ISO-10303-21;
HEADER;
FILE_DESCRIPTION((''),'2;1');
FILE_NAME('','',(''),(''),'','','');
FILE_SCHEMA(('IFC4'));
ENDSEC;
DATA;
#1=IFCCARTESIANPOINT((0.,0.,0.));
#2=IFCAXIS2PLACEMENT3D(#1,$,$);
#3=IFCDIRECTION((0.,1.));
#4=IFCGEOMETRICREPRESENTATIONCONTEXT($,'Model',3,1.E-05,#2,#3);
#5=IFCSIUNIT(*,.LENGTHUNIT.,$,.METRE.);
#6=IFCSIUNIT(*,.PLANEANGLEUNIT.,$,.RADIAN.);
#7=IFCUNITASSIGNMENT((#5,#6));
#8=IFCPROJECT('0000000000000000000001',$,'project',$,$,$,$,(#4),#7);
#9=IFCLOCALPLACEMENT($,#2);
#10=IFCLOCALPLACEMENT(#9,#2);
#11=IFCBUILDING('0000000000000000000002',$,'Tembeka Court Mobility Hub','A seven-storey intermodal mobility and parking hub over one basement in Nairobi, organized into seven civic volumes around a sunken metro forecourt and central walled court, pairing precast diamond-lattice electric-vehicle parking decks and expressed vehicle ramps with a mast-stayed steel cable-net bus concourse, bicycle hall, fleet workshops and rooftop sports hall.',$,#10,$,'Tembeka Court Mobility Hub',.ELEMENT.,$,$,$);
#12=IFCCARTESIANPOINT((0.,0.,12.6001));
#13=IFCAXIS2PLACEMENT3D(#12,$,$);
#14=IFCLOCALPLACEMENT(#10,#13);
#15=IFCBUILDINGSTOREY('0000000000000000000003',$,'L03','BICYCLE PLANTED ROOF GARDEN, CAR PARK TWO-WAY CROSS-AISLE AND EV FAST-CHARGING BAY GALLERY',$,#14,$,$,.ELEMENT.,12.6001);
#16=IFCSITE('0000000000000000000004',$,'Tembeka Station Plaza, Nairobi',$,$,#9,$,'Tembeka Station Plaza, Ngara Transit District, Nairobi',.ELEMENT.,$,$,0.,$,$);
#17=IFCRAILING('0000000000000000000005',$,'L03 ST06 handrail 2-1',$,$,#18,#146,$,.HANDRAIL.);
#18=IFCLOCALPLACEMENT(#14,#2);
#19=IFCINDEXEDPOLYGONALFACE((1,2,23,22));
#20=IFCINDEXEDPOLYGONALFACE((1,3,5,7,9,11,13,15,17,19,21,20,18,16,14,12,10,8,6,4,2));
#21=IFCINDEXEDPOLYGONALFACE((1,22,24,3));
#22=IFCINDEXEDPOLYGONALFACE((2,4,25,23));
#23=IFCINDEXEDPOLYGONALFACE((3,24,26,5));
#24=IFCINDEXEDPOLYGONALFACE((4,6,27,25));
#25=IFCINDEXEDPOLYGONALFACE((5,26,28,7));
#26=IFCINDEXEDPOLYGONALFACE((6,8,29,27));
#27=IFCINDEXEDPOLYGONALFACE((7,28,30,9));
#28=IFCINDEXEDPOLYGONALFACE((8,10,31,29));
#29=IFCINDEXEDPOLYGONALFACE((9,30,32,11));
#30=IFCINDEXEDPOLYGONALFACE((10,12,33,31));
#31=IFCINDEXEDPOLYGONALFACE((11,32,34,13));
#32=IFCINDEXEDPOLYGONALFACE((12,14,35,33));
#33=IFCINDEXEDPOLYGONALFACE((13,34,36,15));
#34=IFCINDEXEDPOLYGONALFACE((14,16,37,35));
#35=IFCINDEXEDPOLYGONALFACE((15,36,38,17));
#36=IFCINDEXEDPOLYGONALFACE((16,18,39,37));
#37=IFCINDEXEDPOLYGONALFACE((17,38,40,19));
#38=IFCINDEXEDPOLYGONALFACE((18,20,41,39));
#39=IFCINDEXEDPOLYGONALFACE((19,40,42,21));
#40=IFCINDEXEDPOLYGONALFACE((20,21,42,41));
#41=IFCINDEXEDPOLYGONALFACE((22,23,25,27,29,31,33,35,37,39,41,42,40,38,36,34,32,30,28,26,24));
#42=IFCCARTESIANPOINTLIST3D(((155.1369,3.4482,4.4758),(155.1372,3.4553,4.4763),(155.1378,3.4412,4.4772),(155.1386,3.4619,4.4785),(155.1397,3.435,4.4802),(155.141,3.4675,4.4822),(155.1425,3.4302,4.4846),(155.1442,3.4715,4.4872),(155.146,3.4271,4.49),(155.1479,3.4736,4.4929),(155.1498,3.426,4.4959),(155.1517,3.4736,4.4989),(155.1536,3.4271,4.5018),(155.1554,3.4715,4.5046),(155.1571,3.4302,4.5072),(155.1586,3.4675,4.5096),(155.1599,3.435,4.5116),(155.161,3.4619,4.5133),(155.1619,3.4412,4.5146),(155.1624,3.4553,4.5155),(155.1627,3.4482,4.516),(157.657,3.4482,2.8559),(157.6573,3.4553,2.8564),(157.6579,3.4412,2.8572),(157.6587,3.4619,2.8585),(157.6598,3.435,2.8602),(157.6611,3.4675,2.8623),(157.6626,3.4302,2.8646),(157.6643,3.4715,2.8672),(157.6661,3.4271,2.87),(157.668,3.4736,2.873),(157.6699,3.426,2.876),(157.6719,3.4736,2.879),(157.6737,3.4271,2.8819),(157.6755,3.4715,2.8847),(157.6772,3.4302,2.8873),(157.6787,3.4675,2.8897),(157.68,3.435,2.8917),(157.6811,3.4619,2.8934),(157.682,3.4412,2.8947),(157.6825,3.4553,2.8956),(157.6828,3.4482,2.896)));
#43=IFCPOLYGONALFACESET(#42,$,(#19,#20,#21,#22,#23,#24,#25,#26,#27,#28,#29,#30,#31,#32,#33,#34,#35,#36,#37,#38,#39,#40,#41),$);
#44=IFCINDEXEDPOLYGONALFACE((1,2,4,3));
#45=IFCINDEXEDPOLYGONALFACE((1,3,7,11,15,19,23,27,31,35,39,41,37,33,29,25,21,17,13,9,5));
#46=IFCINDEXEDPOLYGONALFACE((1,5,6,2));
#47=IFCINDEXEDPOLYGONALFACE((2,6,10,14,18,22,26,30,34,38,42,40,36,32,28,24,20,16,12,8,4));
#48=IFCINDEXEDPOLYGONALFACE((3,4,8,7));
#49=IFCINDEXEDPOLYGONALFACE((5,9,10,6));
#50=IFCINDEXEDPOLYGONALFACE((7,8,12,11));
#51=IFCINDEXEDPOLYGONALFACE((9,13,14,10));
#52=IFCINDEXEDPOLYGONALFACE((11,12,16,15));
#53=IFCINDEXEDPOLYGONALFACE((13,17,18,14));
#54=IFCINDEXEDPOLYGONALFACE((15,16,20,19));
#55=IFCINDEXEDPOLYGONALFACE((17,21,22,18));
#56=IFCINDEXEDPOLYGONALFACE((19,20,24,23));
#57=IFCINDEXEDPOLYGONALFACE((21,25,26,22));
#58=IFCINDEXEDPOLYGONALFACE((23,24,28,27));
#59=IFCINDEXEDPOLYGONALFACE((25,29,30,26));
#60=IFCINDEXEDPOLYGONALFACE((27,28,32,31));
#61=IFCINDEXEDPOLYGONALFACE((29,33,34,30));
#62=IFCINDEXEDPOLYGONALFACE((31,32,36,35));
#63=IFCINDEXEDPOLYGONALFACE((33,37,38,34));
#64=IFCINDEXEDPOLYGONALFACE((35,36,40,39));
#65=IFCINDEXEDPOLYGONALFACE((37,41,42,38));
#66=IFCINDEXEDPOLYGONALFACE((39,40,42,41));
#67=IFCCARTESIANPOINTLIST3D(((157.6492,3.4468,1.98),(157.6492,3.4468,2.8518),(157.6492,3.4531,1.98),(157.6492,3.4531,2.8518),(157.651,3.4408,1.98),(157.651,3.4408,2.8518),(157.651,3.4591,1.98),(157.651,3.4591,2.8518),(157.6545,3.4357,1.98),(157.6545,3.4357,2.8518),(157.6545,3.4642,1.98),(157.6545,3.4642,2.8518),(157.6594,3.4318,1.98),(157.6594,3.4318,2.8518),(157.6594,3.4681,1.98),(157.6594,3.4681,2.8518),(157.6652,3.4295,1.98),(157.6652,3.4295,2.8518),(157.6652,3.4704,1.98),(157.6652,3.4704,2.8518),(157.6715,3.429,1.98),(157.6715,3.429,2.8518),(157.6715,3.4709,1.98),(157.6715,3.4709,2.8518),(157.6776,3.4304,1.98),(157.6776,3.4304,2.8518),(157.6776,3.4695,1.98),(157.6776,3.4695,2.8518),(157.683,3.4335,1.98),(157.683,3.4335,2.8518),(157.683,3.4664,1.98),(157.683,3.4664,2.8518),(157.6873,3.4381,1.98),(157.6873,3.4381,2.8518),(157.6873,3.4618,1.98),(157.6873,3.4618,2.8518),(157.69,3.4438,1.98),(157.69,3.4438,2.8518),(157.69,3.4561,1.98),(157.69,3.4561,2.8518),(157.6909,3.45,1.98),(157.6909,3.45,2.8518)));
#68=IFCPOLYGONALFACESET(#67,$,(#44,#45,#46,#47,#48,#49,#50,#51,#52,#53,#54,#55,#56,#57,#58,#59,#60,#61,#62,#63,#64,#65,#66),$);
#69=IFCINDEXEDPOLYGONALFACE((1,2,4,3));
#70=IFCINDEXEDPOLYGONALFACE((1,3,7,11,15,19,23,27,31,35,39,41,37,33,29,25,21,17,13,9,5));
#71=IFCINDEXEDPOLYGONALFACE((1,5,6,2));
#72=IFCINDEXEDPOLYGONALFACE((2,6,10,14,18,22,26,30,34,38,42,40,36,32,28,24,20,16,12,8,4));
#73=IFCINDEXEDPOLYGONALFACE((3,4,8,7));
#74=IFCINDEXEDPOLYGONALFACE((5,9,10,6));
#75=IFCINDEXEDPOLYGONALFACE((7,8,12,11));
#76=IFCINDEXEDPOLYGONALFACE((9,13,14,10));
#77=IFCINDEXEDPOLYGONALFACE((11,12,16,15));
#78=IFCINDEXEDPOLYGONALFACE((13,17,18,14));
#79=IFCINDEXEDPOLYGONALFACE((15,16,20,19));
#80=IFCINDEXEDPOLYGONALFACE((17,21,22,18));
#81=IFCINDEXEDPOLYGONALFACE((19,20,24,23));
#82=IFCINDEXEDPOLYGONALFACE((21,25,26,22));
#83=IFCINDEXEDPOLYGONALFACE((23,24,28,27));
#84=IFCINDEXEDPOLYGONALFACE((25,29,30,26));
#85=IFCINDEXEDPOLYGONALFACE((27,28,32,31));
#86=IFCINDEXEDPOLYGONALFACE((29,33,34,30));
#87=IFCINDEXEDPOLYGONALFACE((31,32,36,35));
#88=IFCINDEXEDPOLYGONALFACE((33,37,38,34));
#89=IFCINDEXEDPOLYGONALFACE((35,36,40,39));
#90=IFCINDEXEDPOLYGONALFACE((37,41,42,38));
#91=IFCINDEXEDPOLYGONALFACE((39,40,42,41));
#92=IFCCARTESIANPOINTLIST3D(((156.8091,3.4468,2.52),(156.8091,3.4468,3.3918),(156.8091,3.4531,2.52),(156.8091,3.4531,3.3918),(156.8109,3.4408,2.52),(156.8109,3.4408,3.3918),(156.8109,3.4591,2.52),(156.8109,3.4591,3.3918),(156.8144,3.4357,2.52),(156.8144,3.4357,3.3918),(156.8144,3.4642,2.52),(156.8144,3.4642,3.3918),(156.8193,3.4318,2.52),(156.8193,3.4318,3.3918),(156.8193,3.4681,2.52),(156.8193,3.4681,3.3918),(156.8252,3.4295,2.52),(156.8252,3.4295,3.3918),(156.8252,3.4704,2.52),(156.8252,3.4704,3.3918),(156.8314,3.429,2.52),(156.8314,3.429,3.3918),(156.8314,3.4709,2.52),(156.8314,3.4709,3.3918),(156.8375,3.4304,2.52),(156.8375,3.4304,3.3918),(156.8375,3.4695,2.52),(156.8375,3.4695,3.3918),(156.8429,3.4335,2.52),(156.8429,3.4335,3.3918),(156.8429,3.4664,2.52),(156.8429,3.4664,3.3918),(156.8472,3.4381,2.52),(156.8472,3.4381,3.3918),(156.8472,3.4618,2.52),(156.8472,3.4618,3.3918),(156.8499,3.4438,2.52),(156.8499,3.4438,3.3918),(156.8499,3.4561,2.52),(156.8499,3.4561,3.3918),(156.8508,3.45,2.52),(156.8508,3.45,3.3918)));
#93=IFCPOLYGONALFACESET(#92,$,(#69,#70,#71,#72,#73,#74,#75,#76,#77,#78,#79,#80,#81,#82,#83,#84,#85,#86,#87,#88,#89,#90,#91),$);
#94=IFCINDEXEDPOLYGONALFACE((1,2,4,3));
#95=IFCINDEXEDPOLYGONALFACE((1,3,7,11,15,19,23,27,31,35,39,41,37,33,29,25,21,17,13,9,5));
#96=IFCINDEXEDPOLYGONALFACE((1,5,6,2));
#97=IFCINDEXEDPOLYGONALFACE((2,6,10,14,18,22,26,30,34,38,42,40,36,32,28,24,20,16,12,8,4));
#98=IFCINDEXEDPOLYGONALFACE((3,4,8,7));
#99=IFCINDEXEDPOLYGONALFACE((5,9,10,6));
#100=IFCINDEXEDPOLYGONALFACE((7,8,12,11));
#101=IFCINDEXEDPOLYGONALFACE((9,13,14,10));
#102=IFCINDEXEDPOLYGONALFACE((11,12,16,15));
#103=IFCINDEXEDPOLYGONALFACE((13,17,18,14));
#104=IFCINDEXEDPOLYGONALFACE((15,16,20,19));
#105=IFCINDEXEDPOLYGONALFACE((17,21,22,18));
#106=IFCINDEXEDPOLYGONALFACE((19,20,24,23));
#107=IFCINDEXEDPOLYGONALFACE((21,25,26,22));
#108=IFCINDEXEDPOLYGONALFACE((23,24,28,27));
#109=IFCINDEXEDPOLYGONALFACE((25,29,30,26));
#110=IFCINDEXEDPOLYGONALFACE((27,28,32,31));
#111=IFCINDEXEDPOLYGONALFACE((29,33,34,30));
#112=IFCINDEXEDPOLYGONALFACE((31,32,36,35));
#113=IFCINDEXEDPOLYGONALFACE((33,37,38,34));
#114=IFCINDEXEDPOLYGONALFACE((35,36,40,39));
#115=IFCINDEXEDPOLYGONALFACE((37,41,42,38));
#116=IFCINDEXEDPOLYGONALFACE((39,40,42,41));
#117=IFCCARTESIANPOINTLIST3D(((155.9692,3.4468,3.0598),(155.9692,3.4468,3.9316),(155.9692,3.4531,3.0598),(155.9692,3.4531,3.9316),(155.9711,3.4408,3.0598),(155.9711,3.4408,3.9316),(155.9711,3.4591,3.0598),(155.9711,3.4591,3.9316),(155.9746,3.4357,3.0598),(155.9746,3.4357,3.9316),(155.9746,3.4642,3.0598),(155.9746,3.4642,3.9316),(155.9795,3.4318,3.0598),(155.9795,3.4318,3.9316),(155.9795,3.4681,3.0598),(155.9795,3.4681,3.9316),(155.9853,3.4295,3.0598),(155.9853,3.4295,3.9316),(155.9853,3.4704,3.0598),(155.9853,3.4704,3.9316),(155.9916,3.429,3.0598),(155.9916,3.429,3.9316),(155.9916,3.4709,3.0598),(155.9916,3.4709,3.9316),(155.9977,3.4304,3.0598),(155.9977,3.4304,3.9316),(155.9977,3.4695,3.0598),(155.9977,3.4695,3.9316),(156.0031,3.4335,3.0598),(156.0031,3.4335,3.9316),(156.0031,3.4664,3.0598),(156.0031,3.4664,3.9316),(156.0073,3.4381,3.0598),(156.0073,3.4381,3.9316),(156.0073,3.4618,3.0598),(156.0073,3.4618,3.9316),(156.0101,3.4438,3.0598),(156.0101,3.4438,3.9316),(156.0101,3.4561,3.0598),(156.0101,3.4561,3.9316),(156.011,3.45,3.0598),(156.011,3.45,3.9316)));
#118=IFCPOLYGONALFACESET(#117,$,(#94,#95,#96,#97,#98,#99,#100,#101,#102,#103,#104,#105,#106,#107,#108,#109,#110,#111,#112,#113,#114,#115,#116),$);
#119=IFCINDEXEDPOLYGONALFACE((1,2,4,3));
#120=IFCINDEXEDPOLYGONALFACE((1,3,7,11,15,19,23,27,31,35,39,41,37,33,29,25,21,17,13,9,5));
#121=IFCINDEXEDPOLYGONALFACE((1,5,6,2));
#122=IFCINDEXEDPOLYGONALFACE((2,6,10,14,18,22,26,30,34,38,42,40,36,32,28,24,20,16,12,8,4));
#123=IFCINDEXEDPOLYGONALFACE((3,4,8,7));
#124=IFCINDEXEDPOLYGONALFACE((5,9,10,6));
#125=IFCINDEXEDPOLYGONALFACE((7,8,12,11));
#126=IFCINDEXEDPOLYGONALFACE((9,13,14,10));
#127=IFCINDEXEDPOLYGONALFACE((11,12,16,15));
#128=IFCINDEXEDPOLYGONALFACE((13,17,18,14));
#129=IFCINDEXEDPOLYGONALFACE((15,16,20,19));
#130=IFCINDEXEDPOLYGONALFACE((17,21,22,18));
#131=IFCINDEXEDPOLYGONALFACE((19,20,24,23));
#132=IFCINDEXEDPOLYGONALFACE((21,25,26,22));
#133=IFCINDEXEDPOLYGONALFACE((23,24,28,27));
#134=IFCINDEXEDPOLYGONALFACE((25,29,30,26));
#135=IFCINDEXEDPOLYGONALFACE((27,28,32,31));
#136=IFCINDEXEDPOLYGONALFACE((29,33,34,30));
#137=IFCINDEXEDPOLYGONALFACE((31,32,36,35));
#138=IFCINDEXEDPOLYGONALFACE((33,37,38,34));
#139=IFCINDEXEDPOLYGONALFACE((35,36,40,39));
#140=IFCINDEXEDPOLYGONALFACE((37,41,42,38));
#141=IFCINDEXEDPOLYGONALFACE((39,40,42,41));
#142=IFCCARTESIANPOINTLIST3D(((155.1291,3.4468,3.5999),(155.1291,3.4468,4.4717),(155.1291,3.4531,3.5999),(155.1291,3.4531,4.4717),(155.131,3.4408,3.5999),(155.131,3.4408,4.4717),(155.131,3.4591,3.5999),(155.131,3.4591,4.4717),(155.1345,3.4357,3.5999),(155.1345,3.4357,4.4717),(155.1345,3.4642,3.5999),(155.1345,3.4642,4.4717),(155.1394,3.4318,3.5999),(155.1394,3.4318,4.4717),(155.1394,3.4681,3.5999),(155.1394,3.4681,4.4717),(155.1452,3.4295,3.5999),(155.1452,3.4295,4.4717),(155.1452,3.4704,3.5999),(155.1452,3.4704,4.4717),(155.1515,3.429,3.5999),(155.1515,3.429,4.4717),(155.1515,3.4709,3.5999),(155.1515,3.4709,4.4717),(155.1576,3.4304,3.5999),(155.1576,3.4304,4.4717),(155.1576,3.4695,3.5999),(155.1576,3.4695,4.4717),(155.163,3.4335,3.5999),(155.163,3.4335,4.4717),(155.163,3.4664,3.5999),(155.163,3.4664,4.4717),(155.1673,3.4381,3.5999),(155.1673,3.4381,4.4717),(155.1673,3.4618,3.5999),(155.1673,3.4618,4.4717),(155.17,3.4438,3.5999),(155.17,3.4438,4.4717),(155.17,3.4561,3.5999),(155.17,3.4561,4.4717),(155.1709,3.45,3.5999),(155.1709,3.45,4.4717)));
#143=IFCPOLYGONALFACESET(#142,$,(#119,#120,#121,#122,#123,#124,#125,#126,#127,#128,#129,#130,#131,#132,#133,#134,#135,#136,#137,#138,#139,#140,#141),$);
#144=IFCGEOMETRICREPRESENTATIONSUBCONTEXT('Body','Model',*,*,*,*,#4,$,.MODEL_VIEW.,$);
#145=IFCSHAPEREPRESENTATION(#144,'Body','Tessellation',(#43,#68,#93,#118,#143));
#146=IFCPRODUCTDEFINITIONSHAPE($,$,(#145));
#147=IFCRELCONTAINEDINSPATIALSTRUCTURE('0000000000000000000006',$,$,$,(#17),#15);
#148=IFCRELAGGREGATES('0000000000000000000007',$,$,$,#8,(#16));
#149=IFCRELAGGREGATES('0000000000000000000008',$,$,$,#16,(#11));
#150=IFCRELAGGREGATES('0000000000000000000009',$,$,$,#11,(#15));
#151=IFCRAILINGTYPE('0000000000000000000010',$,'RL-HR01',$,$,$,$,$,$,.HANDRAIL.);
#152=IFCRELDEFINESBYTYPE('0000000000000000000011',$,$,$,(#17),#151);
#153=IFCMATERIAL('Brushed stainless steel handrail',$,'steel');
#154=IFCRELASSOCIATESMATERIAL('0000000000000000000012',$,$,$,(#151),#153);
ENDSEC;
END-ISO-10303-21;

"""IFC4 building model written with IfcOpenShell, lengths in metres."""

from ifc_helpers import new_model, si_unit, direction, frame, origin, origin_2d, place, context, subcontext, project, spatial, circle, extrude, material, type_object, element, save


model = new_model("IFC4")

# Units and contexts
model_context = context("Model", 3, precision=1e-05, world=origin(), true_north=direction((0.0, 1.0)))
body_context = subcontext(model_context, "Body", "Model", "MODEL_VIEW")
ifc_project = project(units=[si_unit("LENGTHUNIT", "METRE"), si_unit("PLANEANGLEUNIT", "RADIAN")], contexts=[model_context])

# Site, building, storey
site_placement = place(None, origin())
site = spatial("IfcSite", under=ifc_project, at=site_placement, Name="Tembeka Station Plaza, Nairobi", LongName="Tembeka Station Plaza, Ngara Transit District, Nairobi", CompositionType="ELEMENT", RefElevation=0.0)
building_placement = place(site_placement, origin())
building = spatial("IfcBuilding", under=site, at=building_placement, Name="Tembeka Court Mobility Hub", Description="A seven-storey intermodal mobility and parking hub over one basement in Nairobi, organized into seven civic volumes around a sunken metro forecourt and central walled court, pairing precast diamond-lattice electric-vehicle parking decks and expressed vehicle ramps with a mast-stayed steel cable-net bus concourse, bicycle hall, fleet workshops and rooftop sports hall.", LongName="Tembeka Court Mobility Hub", CompositionType="ELEMENT")
storey_placement = place(building_placement, frame((0.0, 0.0, 12.6001)))
storey = spatial("IfcBuildingStorey", under=building, at=storey_placement, Name="L03", Description="BICYCLE PLANTED ROOF GARDEN, CAR PARK TWO-WAY CROSS-AISLE AND EV FAST-CHARGING BAY GALLERY", CompositionType="ELEMENT", Elevation=12.6001)

# Railing
ifc_material_1 = material(Name="Brushed stainless steel handrail", Category="steel")
railing_type_1 = type_object("IfcRailingType", Name="RL-HR01", PredefinedType="HANDRAIL", material=ifc_material_1)
railing_1_placement = place(storey_placement, frame((157.6699, 3.45, 1.98)))
element("IfcRailing", 1, at=railing_1_placement, inside=storey, type_object=railing_type_1, Name="L03 ST06 handrail 2-1", PredefinedType="HANDRAIL", context=body_context, shape_type="SweptSolid", body=[
    extrude(circle(Radius=0.0239, at=origin_2d()), frame((0.0, 0.0, 0.896), z_axis=(-0.8412, 0.0, 0.540725), x_axis=(0.0, -1.0, 0.0)), (0.0, 0.0, 1.0), 2.9958),
    extrude(circle(Radius=0.021, at=origin_2d()), origin(), (0.0, 0.0, 1.0), 0.8718),
    extrude(circle(Radius=0.021, at=origin_2d()), frame((-0.8401, 0.0, 0.54)), (0.0, 0.0, 1.0), 0.8718),
    extrude(circle(Radius=0.021, at=origin_2d()), frame((-1.6799, 0.0, 1.0798)), (0.0, 0.0, 1.0), 0.8718),
    extrude(circle(Radius=0.021, at=origin_2d()), frame((-2.52, 0.0, 1.6199)), (0.0, 0.0, 1.0), 0.8718),
])

save(model, "model.ifc")
